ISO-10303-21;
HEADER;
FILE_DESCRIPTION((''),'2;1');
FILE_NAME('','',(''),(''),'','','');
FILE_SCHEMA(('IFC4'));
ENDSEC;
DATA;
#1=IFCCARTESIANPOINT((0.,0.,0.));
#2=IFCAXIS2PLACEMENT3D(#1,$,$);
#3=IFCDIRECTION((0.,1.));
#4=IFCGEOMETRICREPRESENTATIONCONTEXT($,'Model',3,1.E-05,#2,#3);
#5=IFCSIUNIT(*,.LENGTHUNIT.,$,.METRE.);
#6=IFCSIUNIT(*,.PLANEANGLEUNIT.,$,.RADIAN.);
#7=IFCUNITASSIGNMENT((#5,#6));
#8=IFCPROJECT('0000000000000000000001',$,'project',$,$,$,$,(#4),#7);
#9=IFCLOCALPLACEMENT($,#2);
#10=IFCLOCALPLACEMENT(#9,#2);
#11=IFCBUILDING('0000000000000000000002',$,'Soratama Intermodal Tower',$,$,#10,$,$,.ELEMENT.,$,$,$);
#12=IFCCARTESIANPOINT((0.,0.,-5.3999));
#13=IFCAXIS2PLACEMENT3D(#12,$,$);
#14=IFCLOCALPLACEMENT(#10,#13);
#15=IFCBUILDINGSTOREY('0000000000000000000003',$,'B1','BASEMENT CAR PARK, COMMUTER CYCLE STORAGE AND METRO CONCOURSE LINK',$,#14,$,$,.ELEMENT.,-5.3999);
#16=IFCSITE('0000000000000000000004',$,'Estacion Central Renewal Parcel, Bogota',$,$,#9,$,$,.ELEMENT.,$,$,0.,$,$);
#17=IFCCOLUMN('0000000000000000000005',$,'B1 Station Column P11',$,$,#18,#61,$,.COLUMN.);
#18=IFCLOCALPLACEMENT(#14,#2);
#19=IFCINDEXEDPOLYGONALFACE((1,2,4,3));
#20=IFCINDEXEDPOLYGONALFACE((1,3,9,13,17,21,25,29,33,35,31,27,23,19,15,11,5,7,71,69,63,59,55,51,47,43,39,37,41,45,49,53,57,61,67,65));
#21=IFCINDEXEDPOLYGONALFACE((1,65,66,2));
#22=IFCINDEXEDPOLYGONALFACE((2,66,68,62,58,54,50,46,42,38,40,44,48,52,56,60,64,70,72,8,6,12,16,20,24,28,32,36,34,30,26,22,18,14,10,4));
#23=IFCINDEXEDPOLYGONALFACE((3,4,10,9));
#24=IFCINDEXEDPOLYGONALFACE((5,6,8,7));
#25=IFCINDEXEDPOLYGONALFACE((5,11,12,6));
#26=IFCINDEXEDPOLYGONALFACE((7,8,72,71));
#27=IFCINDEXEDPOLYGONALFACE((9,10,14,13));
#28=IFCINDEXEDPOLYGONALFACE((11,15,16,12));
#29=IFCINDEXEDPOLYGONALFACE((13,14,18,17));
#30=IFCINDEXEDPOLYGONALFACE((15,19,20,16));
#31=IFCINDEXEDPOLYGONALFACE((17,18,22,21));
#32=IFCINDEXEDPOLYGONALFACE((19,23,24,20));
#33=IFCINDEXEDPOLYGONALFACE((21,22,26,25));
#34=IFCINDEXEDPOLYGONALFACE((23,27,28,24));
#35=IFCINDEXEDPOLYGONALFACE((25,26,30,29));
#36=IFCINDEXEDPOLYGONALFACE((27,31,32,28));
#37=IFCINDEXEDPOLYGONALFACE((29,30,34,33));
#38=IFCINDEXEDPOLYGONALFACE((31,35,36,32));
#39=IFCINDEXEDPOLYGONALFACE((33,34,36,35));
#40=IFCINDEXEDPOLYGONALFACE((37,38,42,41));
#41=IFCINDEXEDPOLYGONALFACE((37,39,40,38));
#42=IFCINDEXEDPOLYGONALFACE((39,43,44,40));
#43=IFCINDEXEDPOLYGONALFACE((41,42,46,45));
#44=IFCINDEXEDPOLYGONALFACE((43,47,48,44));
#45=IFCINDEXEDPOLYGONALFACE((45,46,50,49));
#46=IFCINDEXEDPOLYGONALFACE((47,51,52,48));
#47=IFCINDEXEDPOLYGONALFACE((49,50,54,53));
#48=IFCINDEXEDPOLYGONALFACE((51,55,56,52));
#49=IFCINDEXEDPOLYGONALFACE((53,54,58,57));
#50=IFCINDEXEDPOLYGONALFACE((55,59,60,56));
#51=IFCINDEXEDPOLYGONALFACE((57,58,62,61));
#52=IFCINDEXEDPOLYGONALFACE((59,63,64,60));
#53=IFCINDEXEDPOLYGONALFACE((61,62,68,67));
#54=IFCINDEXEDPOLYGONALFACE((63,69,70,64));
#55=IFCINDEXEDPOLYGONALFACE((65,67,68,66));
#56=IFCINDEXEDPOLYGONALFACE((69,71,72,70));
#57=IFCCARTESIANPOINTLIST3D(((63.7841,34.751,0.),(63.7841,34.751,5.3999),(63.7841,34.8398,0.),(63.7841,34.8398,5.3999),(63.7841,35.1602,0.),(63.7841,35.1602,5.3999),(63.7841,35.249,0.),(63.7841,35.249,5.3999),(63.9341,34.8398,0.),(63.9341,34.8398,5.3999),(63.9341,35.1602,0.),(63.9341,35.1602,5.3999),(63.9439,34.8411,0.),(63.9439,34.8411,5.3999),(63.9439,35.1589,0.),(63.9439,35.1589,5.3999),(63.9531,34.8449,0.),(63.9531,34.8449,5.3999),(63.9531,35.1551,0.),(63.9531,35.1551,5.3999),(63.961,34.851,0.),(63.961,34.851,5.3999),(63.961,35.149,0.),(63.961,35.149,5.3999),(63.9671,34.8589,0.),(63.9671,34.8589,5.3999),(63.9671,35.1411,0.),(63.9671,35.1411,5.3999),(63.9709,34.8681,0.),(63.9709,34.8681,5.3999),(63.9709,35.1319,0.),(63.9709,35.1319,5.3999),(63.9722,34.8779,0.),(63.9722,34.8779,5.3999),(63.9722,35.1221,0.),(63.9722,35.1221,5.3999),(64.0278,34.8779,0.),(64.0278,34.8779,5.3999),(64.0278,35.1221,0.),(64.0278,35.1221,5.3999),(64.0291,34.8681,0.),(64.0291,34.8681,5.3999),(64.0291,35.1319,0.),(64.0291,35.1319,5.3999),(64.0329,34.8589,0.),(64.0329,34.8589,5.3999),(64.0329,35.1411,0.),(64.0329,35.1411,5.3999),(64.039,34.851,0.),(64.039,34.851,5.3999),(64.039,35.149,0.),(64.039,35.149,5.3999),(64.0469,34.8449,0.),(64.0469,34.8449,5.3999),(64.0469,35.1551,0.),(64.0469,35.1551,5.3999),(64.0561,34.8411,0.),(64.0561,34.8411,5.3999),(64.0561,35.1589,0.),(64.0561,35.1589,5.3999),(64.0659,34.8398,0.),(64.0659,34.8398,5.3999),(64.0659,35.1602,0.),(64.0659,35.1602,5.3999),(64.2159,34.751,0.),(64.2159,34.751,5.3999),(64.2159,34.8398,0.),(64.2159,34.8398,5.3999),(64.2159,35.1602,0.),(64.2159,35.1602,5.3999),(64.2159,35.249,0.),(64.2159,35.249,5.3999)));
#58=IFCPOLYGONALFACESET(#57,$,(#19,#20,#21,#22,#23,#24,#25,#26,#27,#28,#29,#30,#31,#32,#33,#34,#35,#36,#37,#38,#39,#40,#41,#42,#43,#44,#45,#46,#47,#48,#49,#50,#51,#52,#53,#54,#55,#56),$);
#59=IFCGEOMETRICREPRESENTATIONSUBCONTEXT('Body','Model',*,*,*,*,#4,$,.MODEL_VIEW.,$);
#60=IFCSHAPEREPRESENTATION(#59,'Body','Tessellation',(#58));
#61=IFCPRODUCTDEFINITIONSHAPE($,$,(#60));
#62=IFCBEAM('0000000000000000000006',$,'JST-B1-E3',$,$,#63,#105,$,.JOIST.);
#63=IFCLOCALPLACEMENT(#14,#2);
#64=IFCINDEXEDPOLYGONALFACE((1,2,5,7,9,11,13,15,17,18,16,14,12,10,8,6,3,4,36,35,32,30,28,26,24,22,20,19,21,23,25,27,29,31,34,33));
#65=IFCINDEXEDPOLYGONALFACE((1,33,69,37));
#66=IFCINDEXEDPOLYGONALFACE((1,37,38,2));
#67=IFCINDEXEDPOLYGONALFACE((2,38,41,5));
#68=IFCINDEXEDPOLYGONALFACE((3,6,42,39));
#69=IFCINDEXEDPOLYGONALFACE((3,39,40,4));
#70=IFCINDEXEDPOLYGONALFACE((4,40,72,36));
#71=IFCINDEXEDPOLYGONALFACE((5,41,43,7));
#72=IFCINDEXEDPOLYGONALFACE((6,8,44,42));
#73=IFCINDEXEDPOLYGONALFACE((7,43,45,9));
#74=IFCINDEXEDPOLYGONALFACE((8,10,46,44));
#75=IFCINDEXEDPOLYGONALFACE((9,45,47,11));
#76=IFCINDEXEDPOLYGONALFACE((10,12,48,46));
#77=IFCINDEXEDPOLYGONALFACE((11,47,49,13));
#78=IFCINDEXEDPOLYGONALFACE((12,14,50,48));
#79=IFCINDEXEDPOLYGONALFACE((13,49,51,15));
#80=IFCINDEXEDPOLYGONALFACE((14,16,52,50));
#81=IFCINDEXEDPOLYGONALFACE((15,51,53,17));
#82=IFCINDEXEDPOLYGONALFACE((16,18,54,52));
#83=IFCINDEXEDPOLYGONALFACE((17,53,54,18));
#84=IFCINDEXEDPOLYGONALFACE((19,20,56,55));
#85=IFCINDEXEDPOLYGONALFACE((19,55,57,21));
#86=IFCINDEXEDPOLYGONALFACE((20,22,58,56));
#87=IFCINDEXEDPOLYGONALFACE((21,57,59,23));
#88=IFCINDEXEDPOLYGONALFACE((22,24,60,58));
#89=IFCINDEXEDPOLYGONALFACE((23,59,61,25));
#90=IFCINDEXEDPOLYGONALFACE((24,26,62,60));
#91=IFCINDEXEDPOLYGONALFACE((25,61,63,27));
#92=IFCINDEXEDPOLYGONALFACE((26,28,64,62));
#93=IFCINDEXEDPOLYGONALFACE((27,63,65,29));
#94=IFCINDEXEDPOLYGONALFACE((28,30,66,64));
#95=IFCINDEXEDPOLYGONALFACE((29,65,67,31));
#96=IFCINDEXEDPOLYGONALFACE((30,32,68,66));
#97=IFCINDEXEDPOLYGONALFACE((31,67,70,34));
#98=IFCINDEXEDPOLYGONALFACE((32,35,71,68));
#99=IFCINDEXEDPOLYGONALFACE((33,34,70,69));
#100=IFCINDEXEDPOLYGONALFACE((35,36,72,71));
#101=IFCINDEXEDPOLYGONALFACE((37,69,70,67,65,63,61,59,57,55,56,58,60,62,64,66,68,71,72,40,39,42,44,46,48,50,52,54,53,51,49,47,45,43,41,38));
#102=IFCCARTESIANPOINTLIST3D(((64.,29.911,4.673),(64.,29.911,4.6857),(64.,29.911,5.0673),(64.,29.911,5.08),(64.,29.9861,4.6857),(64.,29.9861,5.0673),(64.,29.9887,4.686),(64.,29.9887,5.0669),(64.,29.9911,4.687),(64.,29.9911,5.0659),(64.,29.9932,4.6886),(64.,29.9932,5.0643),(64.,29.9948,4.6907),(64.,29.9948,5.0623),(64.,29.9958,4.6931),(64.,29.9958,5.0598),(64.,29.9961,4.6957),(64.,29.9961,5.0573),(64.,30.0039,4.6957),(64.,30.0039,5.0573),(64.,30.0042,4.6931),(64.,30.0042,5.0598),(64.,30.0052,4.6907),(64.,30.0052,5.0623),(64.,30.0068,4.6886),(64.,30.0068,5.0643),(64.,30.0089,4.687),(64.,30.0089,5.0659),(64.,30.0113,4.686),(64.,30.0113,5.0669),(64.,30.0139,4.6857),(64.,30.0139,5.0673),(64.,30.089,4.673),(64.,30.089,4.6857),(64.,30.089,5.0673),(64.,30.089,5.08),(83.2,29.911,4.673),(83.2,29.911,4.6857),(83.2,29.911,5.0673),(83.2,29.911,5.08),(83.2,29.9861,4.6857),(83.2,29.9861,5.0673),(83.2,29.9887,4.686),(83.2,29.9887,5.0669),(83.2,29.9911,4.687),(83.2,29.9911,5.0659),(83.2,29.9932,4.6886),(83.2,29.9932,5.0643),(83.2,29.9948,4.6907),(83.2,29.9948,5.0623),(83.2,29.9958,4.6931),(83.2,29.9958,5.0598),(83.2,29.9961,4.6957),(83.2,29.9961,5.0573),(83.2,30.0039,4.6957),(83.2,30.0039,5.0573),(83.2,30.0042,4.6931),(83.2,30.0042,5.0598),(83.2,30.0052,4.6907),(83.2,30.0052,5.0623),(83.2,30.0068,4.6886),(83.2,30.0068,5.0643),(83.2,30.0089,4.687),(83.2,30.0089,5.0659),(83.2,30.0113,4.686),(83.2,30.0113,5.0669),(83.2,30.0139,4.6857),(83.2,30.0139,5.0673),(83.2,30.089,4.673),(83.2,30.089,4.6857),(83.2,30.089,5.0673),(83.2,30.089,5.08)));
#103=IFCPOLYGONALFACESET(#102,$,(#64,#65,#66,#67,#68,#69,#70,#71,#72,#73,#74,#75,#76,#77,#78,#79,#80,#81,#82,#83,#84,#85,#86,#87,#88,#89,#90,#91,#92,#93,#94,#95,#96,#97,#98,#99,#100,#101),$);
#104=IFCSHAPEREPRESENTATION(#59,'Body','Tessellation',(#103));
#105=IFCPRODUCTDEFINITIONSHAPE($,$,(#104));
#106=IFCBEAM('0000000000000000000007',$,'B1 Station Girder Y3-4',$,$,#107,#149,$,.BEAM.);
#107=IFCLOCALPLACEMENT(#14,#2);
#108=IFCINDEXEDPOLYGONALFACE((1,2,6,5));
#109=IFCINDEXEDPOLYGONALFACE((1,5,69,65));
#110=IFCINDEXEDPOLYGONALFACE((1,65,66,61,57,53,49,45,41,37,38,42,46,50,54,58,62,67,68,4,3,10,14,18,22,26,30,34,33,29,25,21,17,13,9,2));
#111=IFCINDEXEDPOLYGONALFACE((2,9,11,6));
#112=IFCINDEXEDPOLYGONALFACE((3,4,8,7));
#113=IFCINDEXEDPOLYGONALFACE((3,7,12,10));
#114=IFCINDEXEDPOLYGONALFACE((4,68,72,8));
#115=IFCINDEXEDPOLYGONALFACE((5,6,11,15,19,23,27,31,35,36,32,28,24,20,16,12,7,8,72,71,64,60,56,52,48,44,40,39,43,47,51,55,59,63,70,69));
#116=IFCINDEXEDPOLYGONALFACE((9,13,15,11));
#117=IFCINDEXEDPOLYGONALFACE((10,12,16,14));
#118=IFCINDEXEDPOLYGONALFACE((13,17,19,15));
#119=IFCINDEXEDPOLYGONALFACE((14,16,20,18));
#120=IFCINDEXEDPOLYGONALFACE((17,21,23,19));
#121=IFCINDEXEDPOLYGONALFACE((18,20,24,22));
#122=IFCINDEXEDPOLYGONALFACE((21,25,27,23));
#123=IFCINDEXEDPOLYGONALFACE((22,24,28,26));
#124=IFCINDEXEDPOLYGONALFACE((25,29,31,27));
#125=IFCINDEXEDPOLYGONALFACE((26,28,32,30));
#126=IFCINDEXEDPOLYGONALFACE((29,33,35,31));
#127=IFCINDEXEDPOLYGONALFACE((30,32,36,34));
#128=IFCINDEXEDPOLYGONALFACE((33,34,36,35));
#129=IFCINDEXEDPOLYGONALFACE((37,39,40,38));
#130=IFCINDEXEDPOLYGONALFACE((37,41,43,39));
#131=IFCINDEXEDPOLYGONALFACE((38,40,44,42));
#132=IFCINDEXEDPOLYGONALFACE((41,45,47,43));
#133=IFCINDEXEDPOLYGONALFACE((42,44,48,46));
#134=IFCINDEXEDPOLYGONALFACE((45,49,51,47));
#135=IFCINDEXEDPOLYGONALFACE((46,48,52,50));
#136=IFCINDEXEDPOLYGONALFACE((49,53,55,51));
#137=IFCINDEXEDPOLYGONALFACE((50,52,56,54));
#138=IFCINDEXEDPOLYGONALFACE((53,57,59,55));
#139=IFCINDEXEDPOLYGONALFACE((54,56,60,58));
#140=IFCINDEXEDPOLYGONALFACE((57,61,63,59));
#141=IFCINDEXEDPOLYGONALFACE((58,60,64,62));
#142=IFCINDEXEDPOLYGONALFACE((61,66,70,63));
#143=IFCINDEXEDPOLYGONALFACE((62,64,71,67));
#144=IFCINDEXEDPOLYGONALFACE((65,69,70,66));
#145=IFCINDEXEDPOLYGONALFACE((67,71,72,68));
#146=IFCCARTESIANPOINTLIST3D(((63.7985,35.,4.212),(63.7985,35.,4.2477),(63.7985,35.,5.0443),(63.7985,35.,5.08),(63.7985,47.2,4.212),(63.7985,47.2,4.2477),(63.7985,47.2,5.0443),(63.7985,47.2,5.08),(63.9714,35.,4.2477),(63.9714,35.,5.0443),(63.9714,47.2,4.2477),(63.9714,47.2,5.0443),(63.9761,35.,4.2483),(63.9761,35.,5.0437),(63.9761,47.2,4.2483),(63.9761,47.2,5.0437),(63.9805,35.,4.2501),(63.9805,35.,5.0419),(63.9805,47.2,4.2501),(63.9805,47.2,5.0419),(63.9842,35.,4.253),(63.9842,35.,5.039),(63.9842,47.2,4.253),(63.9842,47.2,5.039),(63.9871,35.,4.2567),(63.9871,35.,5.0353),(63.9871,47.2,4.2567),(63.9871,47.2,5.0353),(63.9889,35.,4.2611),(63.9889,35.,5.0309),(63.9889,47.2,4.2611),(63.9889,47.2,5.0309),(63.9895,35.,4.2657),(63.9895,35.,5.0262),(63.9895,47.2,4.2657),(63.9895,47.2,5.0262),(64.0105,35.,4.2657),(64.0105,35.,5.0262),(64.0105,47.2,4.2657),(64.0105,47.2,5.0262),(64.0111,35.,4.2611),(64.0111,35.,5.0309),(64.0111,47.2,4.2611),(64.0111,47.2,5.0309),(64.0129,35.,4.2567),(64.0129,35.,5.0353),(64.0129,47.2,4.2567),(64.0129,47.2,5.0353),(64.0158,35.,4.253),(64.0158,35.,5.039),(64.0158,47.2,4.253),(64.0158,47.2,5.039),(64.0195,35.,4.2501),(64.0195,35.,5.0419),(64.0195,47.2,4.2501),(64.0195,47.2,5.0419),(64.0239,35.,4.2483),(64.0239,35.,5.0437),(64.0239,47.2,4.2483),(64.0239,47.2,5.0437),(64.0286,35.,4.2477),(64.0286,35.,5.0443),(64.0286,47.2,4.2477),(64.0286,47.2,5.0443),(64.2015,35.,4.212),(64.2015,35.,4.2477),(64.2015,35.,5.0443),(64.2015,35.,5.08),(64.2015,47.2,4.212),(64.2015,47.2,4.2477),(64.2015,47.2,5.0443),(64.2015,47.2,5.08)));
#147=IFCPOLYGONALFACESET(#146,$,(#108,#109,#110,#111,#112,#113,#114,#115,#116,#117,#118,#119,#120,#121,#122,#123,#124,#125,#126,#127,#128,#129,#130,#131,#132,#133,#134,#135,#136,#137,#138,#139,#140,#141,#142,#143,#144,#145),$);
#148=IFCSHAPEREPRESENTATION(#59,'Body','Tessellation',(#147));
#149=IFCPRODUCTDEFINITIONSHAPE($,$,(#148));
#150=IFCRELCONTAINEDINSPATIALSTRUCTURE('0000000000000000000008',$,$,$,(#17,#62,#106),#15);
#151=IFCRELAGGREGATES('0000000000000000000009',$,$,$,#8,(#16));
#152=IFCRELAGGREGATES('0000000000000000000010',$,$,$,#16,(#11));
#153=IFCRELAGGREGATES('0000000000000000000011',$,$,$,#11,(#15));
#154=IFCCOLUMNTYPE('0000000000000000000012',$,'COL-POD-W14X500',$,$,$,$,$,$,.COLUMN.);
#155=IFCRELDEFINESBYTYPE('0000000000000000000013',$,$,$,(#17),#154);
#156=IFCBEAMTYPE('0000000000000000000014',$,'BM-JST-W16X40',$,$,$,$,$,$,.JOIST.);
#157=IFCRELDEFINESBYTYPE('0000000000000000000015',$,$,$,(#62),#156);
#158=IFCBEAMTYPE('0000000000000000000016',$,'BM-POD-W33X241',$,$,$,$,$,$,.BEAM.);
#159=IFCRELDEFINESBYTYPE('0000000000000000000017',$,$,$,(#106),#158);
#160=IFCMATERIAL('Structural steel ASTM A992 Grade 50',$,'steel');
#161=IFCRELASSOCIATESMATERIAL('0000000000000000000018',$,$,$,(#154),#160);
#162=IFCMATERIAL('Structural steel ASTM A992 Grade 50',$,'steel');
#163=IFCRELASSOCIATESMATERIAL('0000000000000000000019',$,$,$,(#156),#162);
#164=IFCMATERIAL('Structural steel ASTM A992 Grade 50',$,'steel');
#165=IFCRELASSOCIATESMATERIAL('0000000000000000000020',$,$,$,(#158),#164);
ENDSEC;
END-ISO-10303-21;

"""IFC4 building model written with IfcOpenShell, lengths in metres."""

from ifc_helpers import new_model, si_unit, direction, frame, origin, origin_2d, place, context, subcontext, project, spatial, i_section, extrude, material, material_profile, profile_set, type_object, element, save


model = new_model("IFC4")

# Units and contexts
model_context = context("Model", 3, precision=1e-05, world=origin(), true_north=direction((0.0, 1.0)))
body_context = subcontext(model_context, "Body", "Model", "MODEL_VIEW")
ifc_project = project(units=[si_unit("LENGTHUNIT", "METRE"), si_unit("PLANEANGLEUNIT", "RADIAN")], contexts=[model_context])

# Site, building, storey
site_placement = place(None, origin())
site = spatial("IfcSite", under=ifc_project, at=site_placement, Name="Estacion Central Renewal Parcel, Bogota", CompositionType="ELEMENT", RefElevation=0.0)
building_placement = place(site_placement, origin())
building = spatial("IfcBuilding", under=site, at=building_placement, Name="Soratama Intermodal Tower", CompositionType="ELEMENT")
storey_placement = place(building_placement, frame((0.0, 0.0, -5.3999)))
storey = spatial("IfcBuildingStorey", under=building, at=storey_placement, Name="B1", Description="BASEMENT CAR PARK, COMMUTER CYCLE STORAGE AND METRO CONCOURSE LINK", CompositionType="ELEMENT", Elevation=-5.3999)

# Column
ifc_material_1 = material(Name="Structural steel ASTM A992 Grade 50", Category="steel")
ifc_material_profile_1 = material_profile(ifc_material_1, i_section(OverallWidth=0.4319, OverallDepth=0.498, WebThickness=0.0557, FlangeThickness=0.0889, FilletRadius=0.0381, at=origin_2d()), Name="W14X500")
ifc_profile_set_1 = profile_set([ifc_material_profile_1], Name="Structural steel ASTM A992 Grade 50")
column_type = type_object("IfcColumnType", Name="COL-POD-W14X500", PredefinedType="COLUMN", material=ifc_profile_set_1)
column_placement = place(storey_placement, frame((64.0, 35.0, 0.0), z_axis=(0.0, 0.0, 1.0), x_axis=(1.0, 0.0, 0.0)))
element("IfcColumn", 1, at=column_placement, inside=storey, type_object=column_type, Name="B1 Station Column P11", PredefinedType="COLUMN", context=body_context, shape_type="SweptSolid", body=[
    extrude(i_section(OverallWidth=0.4319, OverallDepth=0.498, WebThickness=0.0557, FlangeThickness=0.0889, FilletRadius=0.0381, at=origin_2d()), origin(), (0.0, 0.0, 1.0), 5.3999),
])

# Beams
ifc_material_2 = material(Name="Structural steel ASTM A992 Grade 50", Category="steel")
ifc_material_profile_2 = material_profile(ifc_material_2, i_section(OverallWidth=0.178, OverallDepth=0.407, WebThickness=0.0078, FlangeThickness=0.0127, FilletRadius=0.01, at=origin_2d()), Name="W16X40")
ifc_profile_set_2 = profile_set([ifc_material_profile_2], Name="Structural steel ASTM A992 Grade 50")
beam_type_1 = type_object("IfcBeamType", Name="BM-JST-W16X40", PredefinedType="JOIST", material=ifc_profile_set_2)
beam_1_placement = place(storey_placement, frame((64.0, 30.0, 4.8765), z_axis=(1.0, 0.0, 0.0), x_axis=(0.0, 1.0, 0.0)))
element("IfcBeam", 2, at=beam_1_placement, inside=storey, type_object=beam_type_1, Name="JST-B1-E3", PredefinedType="JOIST", context=body_context, shape_type="SweptSolid", body=[
    extrude(i_section(OverallWidth=0.178, OverallDepth=0.407, WebThickness=0.0078, FlangeThickness=0.0127, FilletRadius=0.01, at=origin_2d()), origin(), (0.0, 0.0, 1.0), 19.2),
])
ifc_material_3 = material(Name="Structural steel ASTM A992 Grade 50", Category="steel")
ifc_material_profile_3 = material_profile(ifc_material_3, i_section(OverallWidth=0.4031, OverallDepth=0.8679, WebThickness=0.021, FlangeThickness=0.0356, FilletRadius=0.0181, at=origin_2d()), Name="W33X241")
ifc_profile_set_3 = profile_set([ifc_material_profile_3], Name="Structural steel ASTM A992 Grade 50")
beam_type_2 = type_object("IfcBeamType", Name="BM-POD-W33X241", PredefinedType="BEAM", material=ifc_profile_set_3)
beam_2_placement = place(storey_placement, frame((64.0, 35.0, 4.646), z_axis=(0.0, 1.0, 0.0), x_axis=(-1.0, 0.0, 0.0)))
element("IfcBeam", 3, at=beam_2_placement, inside=storey, type_object=beam_type_2, Name="B1 Station Girder Y3-4", PredefinedType="BEAM", context=body_context, shape_type="SweptSolid", body=[
    extrude(i_section(OverallWidth=0.4031, OverallDepth=0.8679, WebThickness=0.021, FlangeThickness=0.0356, FilletRadius=0.0181, at=origin_2d()), origin(), (0.0, 0.0, 1.0), 12.2),
])

save(model, "model.ifc")
